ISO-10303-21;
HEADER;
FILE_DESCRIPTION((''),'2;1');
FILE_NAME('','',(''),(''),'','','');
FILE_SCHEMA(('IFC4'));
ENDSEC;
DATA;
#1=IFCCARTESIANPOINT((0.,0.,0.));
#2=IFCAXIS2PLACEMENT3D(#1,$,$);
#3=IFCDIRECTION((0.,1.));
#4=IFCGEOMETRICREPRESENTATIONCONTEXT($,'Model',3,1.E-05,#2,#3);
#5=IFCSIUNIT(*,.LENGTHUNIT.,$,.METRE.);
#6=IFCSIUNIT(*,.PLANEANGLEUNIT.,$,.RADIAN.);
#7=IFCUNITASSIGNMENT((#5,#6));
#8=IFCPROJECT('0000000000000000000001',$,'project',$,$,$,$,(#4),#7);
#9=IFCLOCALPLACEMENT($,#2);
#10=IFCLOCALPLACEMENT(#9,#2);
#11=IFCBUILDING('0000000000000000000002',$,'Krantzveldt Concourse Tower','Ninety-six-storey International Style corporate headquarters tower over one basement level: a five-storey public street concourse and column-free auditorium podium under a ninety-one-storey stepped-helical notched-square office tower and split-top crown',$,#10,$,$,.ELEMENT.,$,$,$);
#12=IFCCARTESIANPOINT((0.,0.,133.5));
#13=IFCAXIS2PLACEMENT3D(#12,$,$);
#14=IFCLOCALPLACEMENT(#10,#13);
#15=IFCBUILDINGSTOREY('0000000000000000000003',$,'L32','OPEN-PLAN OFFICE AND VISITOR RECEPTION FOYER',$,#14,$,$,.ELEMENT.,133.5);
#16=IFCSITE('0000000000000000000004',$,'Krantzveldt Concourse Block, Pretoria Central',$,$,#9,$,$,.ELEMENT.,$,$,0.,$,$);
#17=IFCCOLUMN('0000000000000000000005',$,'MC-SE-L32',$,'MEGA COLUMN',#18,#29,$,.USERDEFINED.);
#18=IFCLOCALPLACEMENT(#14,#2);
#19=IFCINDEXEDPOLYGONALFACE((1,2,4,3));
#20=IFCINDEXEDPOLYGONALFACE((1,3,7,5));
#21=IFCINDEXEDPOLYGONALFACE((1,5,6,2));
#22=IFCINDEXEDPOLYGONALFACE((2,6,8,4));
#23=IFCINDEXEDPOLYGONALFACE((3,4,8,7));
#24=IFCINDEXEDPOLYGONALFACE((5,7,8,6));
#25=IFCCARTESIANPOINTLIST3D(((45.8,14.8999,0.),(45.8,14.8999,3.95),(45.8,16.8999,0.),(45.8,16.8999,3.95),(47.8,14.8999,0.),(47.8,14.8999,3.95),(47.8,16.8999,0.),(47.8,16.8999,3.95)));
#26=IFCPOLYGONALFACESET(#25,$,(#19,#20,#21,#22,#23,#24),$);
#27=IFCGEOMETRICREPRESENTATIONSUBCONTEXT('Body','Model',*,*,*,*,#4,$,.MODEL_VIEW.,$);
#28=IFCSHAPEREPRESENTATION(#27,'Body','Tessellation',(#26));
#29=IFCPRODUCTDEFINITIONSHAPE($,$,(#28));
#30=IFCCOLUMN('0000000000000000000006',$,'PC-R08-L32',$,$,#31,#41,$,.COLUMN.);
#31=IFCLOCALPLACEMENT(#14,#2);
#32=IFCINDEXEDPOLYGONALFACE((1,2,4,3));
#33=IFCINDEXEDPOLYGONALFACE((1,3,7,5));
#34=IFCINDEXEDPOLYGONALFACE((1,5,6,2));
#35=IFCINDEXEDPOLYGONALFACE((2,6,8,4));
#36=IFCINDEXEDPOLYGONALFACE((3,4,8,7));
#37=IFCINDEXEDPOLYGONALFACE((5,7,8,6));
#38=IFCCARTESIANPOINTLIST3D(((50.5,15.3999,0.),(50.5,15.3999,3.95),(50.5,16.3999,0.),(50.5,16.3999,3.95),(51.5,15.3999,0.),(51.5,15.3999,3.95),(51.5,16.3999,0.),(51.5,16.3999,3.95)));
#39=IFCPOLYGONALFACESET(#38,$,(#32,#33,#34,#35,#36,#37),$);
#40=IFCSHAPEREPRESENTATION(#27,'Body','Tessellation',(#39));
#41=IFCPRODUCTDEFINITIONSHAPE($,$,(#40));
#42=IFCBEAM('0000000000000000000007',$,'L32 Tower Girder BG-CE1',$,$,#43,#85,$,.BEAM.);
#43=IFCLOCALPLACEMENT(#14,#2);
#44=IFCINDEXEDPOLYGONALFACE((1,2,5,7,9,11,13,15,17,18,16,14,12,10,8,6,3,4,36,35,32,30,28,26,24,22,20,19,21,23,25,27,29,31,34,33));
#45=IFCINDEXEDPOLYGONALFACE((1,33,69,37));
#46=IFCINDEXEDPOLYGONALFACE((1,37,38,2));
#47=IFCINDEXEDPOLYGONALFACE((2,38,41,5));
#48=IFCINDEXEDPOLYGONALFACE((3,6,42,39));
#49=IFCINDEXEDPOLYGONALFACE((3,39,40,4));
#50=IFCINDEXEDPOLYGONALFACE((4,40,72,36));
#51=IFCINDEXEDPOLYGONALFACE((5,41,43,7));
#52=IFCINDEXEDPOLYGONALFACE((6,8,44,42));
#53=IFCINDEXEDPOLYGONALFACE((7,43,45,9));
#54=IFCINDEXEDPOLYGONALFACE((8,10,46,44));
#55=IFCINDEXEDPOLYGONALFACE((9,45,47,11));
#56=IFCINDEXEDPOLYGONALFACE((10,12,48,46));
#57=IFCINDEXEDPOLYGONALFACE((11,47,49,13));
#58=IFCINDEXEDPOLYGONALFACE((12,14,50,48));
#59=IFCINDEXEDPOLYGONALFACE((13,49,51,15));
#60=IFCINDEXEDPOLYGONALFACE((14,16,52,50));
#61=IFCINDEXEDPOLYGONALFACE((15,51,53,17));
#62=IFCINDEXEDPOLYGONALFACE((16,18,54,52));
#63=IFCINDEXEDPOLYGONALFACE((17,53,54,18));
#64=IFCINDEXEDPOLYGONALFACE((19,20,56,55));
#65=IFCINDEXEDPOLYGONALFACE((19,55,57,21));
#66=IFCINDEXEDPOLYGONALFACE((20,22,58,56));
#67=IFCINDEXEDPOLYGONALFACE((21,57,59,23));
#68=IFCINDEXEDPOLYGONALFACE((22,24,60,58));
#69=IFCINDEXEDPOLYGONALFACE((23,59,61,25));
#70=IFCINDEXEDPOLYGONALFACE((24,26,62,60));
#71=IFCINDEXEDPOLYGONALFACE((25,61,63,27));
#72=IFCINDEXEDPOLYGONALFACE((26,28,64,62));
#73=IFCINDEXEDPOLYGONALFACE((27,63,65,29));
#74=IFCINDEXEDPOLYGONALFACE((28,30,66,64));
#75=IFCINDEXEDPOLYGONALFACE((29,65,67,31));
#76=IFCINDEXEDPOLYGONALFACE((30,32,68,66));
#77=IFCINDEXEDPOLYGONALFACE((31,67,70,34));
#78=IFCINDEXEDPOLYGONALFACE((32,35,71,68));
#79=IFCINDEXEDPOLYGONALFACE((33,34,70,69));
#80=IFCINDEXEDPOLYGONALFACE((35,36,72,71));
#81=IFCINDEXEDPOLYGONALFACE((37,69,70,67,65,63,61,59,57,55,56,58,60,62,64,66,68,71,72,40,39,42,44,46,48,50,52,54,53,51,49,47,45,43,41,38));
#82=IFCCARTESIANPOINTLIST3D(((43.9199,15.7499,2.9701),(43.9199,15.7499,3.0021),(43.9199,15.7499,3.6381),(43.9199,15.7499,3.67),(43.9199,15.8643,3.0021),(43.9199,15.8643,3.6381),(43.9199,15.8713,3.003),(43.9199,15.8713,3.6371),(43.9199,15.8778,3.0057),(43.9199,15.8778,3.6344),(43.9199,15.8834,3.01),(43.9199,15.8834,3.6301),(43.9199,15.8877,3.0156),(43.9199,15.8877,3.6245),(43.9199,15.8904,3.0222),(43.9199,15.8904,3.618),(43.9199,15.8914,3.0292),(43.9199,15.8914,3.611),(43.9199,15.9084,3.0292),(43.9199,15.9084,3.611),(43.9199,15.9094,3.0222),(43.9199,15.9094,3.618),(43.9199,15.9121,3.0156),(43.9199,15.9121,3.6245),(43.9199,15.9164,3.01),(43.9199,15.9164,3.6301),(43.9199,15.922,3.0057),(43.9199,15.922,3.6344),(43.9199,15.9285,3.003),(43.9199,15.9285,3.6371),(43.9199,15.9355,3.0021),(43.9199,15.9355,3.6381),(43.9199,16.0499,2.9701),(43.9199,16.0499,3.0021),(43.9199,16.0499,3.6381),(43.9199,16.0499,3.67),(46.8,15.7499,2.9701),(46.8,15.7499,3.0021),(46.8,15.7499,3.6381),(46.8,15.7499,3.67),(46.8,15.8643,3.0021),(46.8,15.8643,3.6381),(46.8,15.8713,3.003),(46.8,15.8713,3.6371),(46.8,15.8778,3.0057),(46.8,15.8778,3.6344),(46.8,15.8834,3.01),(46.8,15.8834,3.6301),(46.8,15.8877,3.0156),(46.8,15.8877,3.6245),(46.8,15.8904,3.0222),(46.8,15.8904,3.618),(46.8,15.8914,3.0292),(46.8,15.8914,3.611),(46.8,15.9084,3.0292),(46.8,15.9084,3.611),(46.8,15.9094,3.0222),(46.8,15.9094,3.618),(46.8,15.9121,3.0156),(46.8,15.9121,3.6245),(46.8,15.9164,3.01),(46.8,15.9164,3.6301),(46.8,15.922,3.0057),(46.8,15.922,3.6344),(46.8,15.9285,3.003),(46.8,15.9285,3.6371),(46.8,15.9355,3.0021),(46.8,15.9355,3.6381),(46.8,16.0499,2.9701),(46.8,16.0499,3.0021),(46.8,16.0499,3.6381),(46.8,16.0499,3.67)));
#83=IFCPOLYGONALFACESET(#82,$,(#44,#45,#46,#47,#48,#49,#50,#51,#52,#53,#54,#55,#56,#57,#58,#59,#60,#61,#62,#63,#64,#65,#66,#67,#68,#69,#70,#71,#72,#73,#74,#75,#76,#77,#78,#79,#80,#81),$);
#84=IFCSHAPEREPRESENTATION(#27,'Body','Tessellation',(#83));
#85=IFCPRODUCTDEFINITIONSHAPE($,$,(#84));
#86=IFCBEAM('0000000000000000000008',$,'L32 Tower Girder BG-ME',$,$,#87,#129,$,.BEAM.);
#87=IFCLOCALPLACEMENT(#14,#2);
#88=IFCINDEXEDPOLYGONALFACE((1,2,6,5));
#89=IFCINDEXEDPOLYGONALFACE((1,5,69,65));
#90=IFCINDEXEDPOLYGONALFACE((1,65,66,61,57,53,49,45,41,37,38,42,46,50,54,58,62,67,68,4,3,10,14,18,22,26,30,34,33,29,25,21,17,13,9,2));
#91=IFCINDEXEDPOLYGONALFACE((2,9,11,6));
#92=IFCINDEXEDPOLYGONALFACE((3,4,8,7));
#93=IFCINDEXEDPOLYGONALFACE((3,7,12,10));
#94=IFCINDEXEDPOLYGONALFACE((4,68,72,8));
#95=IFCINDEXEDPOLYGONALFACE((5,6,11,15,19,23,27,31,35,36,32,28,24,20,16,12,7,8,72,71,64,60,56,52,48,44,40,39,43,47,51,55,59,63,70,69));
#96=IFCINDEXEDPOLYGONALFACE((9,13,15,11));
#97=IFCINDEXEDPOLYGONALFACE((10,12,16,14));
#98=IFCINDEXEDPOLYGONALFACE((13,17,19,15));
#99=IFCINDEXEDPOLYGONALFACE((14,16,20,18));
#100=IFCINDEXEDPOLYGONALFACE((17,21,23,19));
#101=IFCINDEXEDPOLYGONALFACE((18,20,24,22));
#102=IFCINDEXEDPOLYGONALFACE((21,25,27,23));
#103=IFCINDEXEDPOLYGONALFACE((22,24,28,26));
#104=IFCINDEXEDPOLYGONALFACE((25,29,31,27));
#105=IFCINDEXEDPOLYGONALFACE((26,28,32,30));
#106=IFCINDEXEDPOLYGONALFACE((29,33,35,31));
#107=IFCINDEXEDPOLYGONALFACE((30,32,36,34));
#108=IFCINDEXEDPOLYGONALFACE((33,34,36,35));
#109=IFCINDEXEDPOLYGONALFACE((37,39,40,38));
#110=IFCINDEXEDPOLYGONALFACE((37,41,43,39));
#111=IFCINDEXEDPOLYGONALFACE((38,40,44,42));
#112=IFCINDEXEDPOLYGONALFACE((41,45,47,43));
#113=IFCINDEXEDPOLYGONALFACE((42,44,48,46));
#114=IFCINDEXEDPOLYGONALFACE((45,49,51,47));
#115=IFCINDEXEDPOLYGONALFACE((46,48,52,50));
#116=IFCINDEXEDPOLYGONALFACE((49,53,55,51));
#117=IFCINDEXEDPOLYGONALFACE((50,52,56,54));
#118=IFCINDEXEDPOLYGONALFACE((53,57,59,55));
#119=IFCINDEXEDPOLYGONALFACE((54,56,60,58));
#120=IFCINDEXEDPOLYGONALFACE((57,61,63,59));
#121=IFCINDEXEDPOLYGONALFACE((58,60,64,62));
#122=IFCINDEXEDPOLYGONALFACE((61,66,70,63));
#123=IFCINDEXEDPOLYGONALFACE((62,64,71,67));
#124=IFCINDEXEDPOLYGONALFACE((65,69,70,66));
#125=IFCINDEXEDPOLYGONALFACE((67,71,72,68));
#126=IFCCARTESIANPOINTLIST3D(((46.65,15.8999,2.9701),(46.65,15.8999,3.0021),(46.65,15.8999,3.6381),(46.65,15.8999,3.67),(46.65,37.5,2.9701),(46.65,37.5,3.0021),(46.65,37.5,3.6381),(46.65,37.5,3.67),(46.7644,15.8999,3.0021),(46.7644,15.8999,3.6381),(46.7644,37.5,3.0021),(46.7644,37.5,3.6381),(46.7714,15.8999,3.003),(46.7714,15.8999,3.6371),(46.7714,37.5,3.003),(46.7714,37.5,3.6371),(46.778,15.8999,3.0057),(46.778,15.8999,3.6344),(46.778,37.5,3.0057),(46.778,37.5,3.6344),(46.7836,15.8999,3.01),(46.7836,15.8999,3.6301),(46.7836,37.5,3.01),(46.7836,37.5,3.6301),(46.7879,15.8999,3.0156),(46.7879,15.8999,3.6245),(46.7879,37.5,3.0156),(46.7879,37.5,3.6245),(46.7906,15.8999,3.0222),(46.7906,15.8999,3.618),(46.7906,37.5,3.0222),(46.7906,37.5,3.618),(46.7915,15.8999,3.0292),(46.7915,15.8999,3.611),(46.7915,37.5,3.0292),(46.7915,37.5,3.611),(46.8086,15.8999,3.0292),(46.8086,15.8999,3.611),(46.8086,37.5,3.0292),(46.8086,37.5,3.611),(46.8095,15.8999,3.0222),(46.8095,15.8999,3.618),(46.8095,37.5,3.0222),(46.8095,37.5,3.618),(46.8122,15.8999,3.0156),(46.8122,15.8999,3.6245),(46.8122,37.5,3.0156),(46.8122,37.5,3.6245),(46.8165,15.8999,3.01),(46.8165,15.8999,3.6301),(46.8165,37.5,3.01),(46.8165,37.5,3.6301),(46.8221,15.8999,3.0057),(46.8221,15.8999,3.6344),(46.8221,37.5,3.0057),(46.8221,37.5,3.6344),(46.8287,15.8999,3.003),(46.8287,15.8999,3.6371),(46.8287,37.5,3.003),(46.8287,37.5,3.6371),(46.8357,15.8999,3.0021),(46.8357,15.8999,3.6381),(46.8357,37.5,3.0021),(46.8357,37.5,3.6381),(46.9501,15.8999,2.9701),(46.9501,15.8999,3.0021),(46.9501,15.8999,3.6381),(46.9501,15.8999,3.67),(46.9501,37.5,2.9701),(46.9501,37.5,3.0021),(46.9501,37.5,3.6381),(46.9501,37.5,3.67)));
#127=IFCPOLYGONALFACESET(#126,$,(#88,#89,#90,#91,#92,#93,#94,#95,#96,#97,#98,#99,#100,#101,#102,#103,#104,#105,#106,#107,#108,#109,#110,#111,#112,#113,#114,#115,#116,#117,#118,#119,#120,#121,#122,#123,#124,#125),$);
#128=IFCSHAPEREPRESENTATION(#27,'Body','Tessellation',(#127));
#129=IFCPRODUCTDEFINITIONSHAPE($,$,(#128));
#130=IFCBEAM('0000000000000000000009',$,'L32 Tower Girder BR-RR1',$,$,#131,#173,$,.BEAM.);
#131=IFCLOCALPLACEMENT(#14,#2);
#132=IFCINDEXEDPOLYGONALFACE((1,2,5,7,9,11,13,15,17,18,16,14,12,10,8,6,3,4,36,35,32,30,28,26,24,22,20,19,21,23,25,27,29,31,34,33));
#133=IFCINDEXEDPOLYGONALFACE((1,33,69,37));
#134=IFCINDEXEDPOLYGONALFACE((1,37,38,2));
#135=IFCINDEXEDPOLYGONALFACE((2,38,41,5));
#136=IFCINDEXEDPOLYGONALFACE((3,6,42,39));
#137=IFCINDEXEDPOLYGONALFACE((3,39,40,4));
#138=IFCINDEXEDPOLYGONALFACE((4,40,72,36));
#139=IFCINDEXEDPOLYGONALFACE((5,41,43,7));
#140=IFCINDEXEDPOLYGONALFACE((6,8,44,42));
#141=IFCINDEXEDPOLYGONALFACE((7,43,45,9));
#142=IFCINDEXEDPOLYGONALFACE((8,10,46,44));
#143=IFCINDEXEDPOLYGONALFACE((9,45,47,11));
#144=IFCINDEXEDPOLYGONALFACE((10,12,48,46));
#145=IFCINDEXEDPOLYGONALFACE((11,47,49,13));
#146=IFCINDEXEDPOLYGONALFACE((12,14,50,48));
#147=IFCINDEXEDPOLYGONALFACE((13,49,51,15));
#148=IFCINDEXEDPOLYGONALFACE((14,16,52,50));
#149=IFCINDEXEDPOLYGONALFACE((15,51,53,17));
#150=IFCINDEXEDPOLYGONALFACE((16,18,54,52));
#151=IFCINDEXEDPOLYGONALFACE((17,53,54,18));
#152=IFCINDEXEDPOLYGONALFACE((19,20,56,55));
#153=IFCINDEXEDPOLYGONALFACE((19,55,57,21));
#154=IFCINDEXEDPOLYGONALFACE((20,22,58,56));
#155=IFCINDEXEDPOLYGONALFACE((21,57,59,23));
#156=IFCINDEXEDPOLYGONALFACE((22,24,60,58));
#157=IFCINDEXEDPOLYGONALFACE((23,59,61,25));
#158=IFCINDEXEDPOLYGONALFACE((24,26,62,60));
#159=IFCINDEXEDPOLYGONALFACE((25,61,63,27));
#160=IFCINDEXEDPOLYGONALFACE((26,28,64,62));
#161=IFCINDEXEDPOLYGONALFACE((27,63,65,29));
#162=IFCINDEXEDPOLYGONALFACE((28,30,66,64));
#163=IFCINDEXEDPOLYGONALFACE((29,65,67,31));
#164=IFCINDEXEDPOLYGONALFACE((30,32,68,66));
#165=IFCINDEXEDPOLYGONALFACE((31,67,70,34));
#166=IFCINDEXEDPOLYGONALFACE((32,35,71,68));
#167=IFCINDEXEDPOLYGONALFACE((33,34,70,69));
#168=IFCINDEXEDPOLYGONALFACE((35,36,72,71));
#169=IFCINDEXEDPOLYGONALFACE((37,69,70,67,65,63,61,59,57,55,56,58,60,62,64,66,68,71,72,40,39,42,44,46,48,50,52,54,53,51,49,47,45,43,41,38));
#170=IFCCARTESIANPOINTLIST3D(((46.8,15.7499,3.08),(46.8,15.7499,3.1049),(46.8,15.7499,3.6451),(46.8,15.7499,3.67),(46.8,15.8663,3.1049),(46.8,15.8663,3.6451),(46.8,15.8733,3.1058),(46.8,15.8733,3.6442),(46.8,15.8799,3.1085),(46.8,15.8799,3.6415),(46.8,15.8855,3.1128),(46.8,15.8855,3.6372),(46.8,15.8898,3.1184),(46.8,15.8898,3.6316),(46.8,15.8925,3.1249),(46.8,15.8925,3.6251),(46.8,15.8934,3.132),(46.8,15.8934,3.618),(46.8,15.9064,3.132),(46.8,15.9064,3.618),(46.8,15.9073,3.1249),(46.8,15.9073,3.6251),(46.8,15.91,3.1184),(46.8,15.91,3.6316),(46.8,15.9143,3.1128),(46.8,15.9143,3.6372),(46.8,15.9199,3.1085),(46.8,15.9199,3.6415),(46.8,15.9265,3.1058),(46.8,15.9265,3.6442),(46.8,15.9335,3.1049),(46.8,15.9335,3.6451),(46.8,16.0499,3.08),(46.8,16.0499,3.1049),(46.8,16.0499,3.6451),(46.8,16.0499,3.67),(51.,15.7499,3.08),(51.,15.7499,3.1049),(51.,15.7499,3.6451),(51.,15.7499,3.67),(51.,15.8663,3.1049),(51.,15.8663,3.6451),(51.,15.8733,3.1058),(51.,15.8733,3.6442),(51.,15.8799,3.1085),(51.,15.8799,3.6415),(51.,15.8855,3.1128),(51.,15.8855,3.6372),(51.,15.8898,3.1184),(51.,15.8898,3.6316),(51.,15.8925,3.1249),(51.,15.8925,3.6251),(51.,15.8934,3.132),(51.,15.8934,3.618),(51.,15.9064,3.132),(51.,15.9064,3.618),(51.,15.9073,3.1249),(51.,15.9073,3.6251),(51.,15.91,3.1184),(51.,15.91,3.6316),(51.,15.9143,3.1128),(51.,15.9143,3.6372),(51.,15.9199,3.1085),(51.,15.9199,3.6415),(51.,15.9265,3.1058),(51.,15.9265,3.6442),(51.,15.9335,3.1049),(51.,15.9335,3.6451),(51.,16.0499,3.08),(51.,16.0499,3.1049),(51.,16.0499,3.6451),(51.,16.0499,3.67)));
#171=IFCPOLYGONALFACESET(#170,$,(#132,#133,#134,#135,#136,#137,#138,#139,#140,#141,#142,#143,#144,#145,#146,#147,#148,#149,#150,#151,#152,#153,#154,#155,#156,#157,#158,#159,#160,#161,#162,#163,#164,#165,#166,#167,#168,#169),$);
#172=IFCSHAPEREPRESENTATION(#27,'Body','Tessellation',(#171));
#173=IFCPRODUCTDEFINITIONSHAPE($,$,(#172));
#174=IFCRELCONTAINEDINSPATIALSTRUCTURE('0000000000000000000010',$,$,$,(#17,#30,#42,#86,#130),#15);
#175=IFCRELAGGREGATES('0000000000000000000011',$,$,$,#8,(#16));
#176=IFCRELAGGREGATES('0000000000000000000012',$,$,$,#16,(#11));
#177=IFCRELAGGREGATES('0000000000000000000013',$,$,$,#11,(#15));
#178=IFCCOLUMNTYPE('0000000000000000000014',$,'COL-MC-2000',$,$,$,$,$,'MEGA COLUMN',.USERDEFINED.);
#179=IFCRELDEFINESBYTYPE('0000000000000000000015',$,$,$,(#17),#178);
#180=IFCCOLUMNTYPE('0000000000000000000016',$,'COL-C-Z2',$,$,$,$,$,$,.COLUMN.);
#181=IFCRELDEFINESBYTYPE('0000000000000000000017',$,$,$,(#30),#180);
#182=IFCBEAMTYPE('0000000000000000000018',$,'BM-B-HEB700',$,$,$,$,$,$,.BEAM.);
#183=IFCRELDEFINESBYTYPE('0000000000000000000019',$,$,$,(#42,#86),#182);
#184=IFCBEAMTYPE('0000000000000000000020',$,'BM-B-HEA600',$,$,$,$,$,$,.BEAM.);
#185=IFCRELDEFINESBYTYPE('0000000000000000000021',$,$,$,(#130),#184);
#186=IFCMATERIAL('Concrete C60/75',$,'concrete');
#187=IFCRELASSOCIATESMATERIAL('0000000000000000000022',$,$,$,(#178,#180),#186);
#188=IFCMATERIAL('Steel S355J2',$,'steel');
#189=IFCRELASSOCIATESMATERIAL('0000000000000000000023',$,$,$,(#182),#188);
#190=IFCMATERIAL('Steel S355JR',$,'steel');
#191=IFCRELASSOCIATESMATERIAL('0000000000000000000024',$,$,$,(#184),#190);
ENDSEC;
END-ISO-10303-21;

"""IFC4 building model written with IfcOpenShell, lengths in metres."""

from ifc_helpers import new_model, si_unit, direction, frame, origin, origin_2d, place, context, subcontext, project, spatial, rectangle, i_section, extrude, source, transform, mapped, material, material_profile, profile_set, type_object, type_shapes, element, save


model = new_model("IFC4")

# Units and contexts
model_context = context("Model", 3, precision=1e-05, world=origin(), true_north=direction((0.0, 1.0)))
body_context = subcontext(model_context, "Body", "Model", "MODEL_VIEW")
ifc_project = project(units=[si_unit("LENGTHUNIT", "METRE"), si_unit("PLANEANGLEUNIT", "RADIAN")], contexts=[model_context])

# Site, building, storey
site_placement = place(None, origin())
site = spatial("IfcSite", under=ifc_project, at=site_placement, Name="Krantzveldt Concourse Block, Pretoria Central", CompositionType="ELEMENT", RefElevation=0.0)
building_placement = place(site_placement, origin())
building = spatial("IfcBuilding", under=site, at=building_placement, Name="Krantzveldt Concourse Tower", Description="Ninety-six-storey International Style corporate headquarters tower over one basement level: a five-storey public street concourse and column-free auditorium podium under a ninety-one-storey stepped-helical notched-square office tower and split-top crown", CompositionType="ELEMENT")
storey_placement = place(building_placement, frame((0.0, 0.0, 133.5)))
storey = spatial("IfcBuildingStorey", under=building, at=storey_placement, Name="L32", Description="OPEN-PLAN OFFICE AND VISITOR RECEPTION FOYER", CompositionType="ELEMENT", Elevation=133.5)

# Columns
ifc_material_1 = material(Name="Concrete C60/75", Category="concrete")
ifc_material_profile_1 = material_profile(ifc_material_1, rectangle(XDim=2.0, YDim=2.0, at=origin_2d()), Name="Concrete C60/75", Category="concrete")
ifc_profile_set_1 = profile_set([ifc_material_profile_1], Name="Concrete C60/75 - RC 2000x2000")
column_type_1 = type_object("IfcColumnType", Name="COL-MC-2000", ElementType="MEGA COLUMN", PredefinedType="USERDEFINED", material=ifc_profile_set_1)
shared_shape_1 = source(origin(), body_context, "Body", "SweptSolid", [
    extrude(rectangle(XDim=2.0, YDim=2.0, at=origin_2d()), origin(), (0.0, 0.0, 1.0), 3.95),
])
type_shapes(column_type_1, [shared_shape_1])
column_1_placement = place(storey_placement, frame((46.8, 15.8999, 0.0), z_axis=(0.0, 0.0, 1.0), x_axis=(1.0, 0.0, 0.0)))
element("IfcColumn", 1, at=column_1_placement, inside=storey, type_object=column_type_1, Name="MC-SE-L32", ObjectType="MEGA COLUMN", PredefinedType="USERDEFINED", context=body_context, shape_type="MappedRepresentation", body=[
    mapped(shared_shape_1, transform((0.0, 0.0, 0.0), x_axis=(1.0, 0.0, 0.0), y_axis=(0.0, 1.0, 0.0), z_axis=(0.0, 0.0, 1.0), scale=1.0)),
])
ifc_material_profile_2 = material_profile(ifc_material_1, rectangle(XDim=1.0, YDim=1.0, at=origin_2d()), Name="Concrete C60/75", Category="concrete")
ifc_profile_set_2 = profile_set([ifc_material_profile_2], Name="Concrete C60/75 - RC 1000x1000")
column_type_2 = type_object("IfcColumnType", Name="COL-C-Z2", PredefinedType="COLUMN", material=ifc_profile_set_2)
shared_shape_2 = source(origin(), body_context, "Body", "SweptSolid", [
    extrude(rectangle(XDim=1.0, YDim=1.0, at=origin_2d()), origin(), (0.0, 0.0, 1.0), 3.95),
])
type_shapes(column_type_2, [shared_shape_2])
column_2_placement = place(storey_placement, frame((51.0, 15.8999, 0.0), z_axis=(0.0, 0.0, 1.0), x_axis=(1.0, 0.0, 0.0)))
element("IfcColumn", 2, at=column_2_placement, inside=storey, type_object=column_type_2, Name="PC-R08-L32", PredefinedType="COLUMN", context=body_context, shape_type="MappedRepresentation", body=[
    mapped(shared_shape_2, transform((0.0, 0.0, 0.0), x_axis=(1.0, 0.0, 0.0), y_axis=(0.0, 1.0, 0.0), z_axis=(0.0, 0.0, 1.0), scale=1.0)),
])

# Beams
ifc_material_2 = material(Name="Steel S355J2", Category="steel")
ifc_material_profile_3 = material_profile(ifc_material_2, i_section(OverallWidth=0.3, OverallDepth=0.7, WebThickness=0.0171, FlangeThickness=0.032, FilletRadius=0.0271, at=origin_2d()), Name="Steel S355J2", Category="steel")
ifc_profile_set_3 = profile_set([ifc_material_profile_3], Name="Steel S355J2 - HEB 700")
beam_type_1 = type_object("IfcBeamType", Name="BM-B-HEB700", PredefinedType="BEAM", material=ifc_profile_set_3)
shared_shape_3 = source(origin(), body_context, "Body", "SweptSolid", [
    extrude(i_section(OverallWidth=0.3, OverallDepth=0.7, WebThickness=0.0171, FlangeThickness=0.032, FilletRadius=0.0271, at=origin_2d()), origin(), (0.0, 0.0, 1.0), 2.8801),
])
beam_1_placement = place(storey_placement, frame((43.9199, 15.8999, 3.3201), z_axis=(1.0, 0.0, 0.0), x_axis=(0.0, 1.0, 0.0)))
element("IfcBeam", 3, at=beam_1_placement, inside=storey, type_object=beam_type_1, Name="L32 Tower Girder BG-CE1", PredefinedType="BEAM", context=body_context, shape_type="MappedRepresentation", body=[
    mapped(shared_shape_3, transform((0.0, 0.0, 0.0), x_axis=(1.0, 0.0, 0.0), y_axis=(0.0, 1.0, 0.0), z_axis=(0.0, 0.0, 1.0), scale=1.0)),
])
shared_shape_4 = source(origin(), body_context, "Body", "SweptSolid", [
    extrude(i_section(OverallWidth=0.3, OverallDepth=0.7, WebThickness=0.0171, FlangeThickness=0.032, FilletRadius=0.0271, at=origin_2d()), origin(), (0.0, 0.0, 1.0), 21.6001),
])
type_shapes(beam_type_1, [shared_shape_3, shared_shape_4])
beam_2_placement = place(storey_placement, frame((46.8, 15.8999, 3.3201), z_axis=(0.0, 1.0, 0.0), x_axis=(-1.0, 0.0, 0.0)))
element("IfcBeam", 4, at=beam_2_placement, inside=storey, type_object=beam_type_1, Name="L32 Tower Girder BG-ME", PredefinedType="BEAM", context=body_context, shape_type="MappedRepresentation", body=[
    mapped(shared_shape_4, transform((0.0, 0.0, 0.0), x_axis=(1.0, 0.0, 0.0), y_axis=(0.0, 1.0, 0.0), z_axis=(0.0, 0.0, 1.0), scale=1.0)),
])
ifc_material_3 = material(Name="Steel S355JR", Category="steel")
ifc_material_profile_4 = material_profile(ifc_material_3, i_section(OverallWidth=0.3, OverallDepth=0.5901, WebThickness=0.0129, FlangeThickness=0.0249, FilletRadius=0.0271, at=origin_2d()), Name="Steel S355JR", Category="steel")
ifc_profile_set_4 = profile_set([ifc_material_profile_4], Name="Steel S355JR - HEA 600")
beam_type_2 = type_object("IfcBeamType", Name="BM-B-HEA600", PredefinedType="BEAM", material=ifc_profile_set_4)
shared_shape_5 = source(origin(), body_context, "Body", "SweptSolid", [
    extrude(i_section(OverallWidth=0.3, OverallDepth=0.5901, WebThickness=0.0129, FlangeThickness=0.0249, FilletRadius=0.0271, at=origin_2d()), origin(), (0.0, 0.0, 1.0), 4.2),
])
beam_3_placement = place(storey_placement, frame((46.8, 15.8999, 3.375), z_axis=(1.0, 0.0, 0.0), x_axis=(0.0, 1.0, 0.0)))
element("IfcBeam", 5, at=beam_3_placement, inside=storey, type_object=beam_type_2, Name="L32 Tower Girder BR-RR1", PredefinedType="BEAM", context=body_context, shape_type="MappedRepresentation", body=[
    mapped(shared_shape_5, transform((0.0, 0.0, 0.0), x_axis=(1.0, 0.0, 0.0), y_axis=(0.0, 1.0, 0.0), z_axis=(0.0, 0.0, 1.0), scale=1.0)),
])

save(model, "model.ifc")
